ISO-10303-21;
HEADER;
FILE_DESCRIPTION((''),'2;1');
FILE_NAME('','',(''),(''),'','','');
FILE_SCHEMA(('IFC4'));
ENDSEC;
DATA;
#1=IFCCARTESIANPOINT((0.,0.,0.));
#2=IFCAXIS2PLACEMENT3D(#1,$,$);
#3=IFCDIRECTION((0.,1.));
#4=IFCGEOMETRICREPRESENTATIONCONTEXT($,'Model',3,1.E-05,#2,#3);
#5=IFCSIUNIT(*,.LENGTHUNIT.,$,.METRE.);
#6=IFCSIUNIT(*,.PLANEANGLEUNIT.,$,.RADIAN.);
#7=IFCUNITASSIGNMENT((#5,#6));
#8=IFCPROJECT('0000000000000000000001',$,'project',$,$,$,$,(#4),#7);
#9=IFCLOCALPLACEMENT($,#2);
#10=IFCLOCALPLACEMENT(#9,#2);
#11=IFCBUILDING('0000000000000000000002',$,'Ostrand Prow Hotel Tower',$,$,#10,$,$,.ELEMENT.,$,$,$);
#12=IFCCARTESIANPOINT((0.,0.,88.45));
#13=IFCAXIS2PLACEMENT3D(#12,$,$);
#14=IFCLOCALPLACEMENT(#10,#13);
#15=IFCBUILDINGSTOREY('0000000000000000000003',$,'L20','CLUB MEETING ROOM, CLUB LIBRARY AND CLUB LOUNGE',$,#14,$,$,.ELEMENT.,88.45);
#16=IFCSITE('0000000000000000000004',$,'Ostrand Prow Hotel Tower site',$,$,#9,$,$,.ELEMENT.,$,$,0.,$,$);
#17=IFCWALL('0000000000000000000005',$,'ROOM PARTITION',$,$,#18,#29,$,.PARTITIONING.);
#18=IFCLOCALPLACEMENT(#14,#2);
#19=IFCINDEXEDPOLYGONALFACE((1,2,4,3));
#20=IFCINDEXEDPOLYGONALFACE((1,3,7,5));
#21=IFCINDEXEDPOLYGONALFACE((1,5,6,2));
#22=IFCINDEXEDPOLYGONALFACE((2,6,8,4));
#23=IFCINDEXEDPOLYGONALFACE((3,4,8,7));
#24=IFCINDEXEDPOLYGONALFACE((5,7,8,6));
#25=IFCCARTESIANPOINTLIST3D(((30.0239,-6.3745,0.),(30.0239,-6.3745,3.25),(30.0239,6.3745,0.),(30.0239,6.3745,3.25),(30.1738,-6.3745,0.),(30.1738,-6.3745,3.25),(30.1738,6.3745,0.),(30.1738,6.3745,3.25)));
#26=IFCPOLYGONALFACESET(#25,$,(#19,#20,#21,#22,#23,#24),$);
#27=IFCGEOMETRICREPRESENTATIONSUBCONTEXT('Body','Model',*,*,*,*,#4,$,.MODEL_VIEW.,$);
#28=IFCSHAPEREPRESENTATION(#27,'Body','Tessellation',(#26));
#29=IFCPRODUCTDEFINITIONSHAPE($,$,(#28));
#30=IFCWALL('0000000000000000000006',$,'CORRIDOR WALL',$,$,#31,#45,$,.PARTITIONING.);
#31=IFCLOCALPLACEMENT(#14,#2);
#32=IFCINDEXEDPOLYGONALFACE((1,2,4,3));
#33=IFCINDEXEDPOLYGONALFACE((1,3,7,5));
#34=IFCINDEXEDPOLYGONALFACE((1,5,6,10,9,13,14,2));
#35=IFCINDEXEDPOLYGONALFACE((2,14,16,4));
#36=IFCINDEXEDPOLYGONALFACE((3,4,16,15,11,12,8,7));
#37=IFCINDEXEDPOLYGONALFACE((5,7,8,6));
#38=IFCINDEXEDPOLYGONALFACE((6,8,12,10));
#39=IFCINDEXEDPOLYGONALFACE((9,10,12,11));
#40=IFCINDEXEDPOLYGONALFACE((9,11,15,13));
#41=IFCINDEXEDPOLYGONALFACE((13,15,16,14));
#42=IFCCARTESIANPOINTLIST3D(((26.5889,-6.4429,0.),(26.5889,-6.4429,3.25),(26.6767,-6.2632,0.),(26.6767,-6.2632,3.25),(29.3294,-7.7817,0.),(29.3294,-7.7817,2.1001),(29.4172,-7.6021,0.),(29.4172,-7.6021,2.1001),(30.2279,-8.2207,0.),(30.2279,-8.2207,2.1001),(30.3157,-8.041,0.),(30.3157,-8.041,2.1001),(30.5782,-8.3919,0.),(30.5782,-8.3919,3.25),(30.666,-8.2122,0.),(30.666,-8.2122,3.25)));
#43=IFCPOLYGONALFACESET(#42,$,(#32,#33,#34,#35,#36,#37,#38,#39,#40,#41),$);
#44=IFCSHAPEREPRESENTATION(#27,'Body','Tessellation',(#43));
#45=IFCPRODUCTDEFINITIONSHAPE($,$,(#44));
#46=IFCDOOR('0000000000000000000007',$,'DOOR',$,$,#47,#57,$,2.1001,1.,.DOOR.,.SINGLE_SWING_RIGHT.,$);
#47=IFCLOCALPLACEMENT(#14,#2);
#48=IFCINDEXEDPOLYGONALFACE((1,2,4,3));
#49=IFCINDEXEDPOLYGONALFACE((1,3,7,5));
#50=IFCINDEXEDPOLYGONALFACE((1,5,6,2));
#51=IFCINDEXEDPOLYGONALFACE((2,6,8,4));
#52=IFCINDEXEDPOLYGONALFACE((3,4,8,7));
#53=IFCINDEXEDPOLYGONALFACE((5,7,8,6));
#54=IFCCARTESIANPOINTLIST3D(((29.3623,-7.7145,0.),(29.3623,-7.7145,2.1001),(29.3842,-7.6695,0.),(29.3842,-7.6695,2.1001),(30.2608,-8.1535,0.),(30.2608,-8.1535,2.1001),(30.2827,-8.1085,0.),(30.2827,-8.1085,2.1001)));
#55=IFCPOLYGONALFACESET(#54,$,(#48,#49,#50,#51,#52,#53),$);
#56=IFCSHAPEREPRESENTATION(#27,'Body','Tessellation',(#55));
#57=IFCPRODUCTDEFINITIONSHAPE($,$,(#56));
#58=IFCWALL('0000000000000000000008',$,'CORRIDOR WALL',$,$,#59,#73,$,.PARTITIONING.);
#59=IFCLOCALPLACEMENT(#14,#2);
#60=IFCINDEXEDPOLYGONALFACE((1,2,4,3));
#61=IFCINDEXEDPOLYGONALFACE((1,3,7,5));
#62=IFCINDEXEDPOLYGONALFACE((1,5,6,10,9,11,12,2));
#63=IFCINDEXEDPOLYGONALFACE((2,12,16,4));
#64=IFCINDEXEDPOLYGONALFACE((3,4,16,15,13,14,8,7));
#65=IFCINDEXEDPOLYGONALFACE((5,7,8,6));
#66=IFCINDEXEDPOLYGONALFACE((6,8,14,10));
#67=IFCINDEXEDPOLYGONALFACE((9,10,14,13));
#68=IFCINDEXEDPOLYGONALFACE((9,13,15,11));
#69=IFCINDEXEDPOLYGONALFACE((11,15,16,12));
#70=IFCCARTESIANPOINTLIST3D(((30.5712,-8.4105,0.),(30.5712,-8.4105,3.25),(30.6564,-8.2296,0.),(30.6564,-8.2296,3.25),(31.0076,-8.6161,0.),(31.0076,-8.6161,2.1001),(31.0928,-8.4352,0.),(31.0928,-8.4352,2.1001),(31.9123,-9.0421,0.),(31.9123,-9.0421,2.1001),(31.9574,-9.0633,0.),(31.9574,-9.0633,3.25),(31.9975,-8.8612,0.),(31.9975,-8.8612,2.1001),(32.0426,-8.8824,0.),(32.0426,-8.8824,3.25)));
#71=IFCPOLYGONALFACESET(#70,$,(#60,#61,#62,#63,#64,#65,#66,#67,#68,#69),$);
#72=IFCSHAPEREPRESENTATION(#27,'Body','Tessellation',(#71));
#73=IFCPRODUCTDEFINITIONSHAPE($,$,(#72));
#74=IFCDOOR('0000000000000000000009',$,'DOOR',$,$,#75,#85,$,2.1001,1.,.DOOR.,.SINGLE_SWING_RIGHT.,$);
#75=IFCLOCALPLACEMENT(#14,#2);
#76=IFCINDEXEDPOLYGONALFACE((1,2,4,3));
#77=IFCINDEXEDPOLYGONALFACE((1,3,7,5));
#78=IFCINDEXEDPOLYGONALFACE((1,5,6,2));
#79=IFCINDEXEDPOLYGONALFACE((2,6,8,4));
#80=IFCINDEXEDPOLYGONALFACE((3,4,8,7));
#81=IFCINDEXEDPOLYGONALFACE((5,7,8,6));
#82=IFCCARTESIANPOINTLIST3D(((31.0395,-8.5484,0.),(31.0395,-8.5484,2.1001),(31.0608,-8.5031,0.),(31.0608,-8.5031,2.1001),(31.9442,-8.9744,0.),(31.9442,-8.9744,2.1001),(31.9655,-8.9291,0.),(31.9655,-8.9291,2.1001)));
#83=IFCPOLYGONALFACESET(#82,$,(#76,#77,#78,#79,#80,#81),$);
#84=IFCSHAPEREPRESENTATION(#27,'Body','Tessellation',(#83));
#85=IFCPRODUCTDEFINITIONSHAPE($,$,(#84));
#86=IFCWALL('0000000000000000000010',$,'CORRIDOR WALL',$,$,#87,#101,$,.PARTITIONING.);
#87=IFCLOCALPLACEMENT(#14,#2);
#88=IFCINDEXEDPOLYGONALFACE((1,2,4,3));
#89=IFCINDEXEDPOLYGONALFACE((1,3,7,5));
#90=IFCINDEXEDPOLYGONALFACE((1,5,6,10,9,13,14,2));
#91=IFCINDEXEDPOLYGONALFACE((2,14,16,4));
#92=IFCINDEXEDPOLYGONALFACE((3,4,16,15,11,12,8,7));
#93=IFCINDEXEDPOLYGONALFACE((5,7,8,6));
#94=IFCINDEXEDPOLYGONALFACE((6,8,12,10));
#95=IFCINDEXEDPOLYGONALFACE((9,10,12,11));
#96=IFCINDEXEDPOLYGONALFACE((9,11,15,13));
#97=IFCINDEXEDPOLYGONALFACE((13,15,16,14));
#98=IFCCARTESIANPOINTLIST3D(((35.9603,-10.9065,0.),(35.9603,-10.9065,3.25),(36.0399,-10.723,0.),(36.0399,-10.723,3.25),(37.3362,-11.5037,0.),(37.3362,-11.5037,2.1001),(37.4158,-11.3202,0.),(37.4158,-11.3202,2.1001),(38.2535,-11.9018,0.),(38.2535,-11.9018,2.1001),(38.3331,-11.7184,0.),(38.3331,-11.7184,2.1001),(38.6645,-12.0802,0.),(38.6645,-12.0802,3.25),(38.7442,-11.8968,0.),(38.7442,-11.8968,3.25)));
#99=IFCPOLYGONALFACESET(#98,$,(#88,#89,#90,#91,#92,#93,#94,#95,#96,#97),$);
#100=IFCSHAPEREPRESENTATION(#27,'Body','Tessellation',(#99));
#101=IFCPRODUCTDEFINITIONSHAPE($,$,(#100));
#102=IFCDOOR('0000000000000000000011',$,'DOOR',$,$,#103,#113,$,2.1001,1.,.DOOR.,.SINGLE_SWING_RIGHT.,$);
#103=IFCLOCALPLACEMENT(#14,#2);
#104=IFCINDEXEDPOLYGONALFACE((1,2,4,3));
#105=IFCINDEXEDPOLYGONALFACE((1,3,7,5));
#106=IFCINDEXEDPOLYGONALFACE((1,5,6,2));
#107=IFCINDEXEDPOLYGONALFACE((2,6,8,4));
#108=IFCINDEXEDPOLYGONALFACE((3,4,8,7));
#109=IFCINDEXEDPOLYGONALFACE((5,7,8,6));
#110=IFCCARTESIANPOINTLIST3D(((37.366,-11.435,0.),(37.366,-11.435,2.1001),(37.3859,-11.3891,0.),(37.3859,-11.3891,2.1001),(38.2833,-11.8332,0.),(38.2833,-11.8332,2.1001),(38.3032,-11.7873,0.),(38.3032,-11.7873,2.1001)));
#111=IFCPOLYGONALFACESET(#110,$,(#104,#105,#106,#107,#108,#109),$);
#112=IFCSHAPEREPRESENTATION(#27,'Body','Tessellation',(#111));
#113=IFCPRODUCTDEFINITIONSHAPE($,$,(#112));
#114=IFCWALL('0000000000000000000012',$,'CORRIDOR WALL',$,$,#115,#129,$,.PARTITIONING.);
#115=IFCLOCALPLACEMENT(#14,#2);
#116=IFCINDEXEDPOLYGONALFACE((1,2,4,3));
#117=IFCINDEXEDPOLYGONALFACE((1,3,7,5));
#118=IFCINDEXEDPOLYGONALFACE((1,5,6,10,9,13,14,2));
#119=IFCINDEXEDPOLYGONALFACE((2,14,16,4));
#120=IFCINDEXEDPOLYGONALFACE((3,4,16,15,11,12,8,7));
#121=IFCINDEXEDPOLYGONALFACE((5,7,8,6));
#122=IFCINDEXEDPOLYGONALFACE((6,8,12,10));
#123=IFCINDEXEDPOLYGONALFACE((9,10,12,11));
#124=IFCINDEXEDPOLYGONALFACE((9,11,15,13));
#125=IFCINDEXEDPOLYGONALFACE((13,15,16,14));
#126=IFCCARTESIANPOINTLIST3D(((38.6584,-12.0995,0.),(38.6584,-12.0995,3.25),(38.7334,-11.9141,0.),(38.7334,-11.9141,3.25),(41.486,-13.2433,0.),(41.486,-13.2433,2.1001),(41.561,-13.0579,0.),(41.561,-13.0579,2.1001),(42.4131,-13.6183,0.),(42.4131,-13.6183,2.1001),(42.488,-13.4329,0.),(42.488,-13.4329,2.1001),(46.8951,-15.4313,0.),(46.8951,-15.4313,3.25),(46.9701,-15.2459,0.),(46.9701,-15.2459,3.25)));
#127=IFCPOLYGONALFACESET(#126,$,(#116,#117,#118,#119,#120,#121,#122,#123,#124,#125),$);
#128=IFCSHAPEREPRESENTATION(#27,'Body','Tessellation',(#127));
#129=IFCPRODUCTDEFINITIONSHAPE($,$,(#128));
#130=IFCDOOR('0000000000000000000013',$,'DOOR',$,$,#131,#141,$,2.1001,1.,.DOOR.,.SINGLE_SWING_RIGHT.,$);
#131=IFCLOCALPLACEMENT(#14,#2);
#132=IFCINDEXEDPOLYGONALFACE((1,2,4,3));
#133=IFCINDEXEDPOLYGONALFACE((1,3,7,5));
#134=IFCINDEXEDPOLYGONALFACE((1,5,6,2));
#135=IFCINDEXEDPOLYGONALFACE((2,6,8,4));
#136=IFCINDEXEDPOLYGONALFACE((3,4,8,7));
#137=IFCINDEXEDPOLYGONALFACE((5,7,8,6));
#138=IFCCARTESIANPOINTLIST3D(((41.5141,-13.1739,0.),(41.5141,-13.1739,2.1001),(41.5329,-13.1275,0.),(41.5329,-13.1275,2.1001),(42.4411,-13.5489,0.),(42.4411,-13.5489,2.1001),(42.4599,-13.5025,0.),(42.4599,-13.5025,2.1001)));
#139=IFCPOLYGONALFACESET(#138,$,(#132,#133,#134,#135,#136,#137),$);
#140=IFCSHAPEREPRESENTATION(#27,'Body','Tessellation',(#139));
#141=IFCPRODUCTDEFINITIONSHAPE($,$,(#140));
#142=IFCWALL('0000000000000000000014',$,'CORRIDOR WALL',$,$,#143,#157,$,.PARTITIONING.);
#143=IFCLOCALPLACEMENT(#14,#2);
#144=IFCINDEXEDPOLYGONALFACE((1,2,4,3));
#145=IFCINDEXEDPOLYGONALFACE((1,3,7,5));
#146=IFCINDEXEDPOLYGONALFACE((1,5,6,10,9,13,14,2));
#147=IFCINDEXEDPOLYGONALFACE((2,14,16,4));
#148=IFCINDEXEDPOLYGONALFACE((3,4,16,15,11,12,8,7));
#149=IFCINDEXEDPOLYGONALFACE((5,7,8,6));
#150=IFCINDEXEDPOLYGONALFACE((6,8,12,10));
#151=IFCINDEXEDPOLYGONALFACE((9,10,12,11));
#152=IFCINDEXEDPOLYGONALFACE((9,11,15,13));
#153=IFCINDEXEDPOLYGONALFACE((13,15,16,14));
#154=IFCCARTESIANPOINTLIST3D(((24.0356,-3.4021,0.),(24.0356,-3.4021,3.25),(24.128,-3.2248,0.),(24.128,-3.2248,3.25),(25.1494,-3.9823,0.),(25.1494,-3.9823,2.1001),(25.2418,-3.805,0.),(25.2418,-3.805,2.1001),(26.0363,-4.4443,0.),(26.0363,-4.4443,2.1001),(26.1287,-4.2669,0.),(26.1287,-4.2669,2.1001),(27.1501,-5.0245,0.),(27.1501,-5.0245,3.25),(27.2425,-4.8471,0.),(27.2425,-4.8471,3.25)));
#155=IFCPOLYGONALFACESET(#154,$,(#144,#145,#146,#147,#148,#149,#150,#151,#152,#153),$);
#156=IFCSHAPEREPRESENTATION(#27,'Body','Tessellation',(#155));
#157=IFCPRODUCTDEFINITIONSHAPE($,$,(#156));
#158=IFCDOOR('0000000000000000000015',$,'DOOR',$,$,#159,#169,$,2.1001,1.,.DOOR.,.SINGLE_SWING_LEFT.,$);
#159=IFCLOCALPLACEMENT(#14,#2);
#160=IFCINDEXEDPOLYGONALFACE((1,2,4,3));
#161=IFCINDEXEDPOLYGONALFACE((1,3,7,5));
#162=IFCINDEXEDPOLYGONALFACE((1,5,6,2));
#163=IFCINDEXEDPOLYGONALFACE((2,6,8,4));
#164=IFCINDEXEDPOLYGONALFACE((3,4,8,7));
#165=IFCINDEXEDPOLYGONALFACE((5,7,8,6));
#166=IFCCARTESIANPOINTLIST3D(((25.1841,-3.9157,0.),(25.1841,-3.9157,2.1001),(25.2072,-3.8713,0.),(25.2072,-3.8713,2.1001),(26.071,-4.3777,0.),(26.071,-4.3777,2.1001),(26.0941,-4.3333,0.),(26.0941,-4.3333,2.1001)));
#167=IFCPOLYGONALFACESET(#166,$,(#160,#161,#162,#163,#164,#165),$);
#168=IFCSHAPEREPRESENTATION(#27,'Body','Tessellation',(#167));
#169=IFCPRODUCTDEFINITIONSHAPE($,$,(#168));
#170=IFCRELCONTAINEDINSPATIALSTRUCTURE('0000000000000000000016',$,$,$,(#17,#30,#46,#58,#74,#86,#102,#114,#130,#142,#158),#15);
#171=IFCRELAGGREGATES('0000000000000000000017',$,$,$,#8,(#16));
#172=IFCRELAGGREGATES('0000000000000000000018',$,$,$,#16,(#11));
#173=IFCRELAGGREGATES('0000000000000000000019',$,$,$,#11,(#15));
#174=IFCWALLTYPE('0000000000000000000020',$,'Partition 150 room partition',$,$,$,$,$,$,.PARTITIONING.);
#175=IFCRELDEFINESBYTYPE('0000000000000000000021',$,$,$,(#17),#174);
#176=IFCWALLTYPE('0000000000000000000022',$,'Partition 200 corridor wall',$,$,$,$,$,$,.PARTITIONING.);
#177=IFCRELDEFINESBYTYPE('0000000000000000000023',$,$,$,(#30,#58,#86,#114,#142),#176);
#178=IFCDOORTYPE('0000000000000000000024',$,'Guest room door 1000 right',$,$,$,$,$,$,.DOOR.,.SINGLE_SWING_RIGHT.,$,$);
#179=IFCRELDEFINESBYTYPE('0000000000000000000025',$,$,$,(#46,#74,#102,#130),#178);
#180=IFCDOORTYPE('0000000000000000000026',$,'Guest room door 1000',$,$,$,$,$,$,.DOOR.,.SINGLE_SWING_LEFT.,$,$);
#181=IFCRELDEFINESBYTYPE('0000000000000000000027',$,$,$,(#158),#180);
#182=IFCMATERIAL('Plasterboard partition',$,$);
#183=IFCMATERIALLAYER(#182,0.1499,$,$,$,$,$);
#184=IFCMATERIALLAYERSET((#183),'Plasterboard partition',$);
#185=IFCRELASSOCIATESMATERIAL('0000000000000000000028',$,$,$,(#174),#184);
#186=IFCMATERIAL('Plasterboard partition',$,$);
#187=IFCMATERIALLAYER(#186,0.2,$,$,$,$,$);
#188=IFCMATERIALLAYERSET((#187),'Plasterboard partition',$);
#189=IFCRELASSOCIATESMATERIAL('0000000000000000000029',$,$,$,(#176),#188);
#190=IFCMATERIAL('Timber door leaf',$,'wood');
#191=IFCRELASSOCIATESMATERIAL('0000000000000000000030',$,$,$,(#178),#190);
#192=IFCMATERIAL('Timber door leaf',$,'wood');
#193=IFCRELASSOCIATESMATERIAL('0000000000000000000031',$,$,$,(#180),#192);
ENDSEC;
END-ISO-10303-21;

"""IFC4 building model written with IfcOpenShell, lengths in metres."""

from ifc_helpers import new_model, si_unit, direction, frame, frame_2d, origin, place, context, subcontext, project, spatial, rectangle, extrude, material, layer, layer_set, type_object, element, fill, save


model = new_model("IFC4")

# Units and contexts
model_context = context("Model", 3, precision=1e-05, world=origin(), true_north=direction((0.0, 1.0)))
body_context = subcontext(model_context, "Body", "Model", "MODEL_VIEW")
ifc_project = project(units=[si_unit("LENGTHUNIT", "METRE"), si_unit("PLANEANGLEUNIT", "RADIAN")], contexts=[model_context])

# Site, building, storey
site_placement = place(None, origin())
site = spatial("IfcSite", under=ifc_project, at=site_placement, Name="Ostrand Prow Hotel Tower site", CompositionType="ELEMENT", RefElevation=0.0)
building_placement = place(site_placement, origin())
building = spatial("IfcBuilding", under=site, at=building_placement, Name="Ostrand Prow Hotel Tower", CompositionType="ELEMENT")
storey_placement = place(building_placement, frame((0.0, 0.0, 88.45)))
storey = spatial("IfcBuildingStorey", under=building, at=storey_placement, Name="L20", Description="CLUB MEETING ROOM, CLUB LIBRARY AND CLUB LOUNGE", CompositionType="ELEMENT", Elevation=88.45)

# Wall
ifc_material_1 = material(Name="Plasterboard partition")
ifc_layer_1 = layer(ifc_material_1, 0.1499)
ifc_layer_set_1 = layer_set([ifc_layer_1], Name="Plasterboard partition")
wall_type_1 = type_object("IfcWallType", Name="Partition 150 room partition", PredefinedType="PARTITIONING", material=ifc_layer_set_1)
wall_1_placement = place(storey_placement, frame((30.0989, -6.3745, 0.0), z_axis=(0.0, 0.0, 1.0), x_axis=(0.0, 1.0, 0.0)))
element("IfcWall", 1, at=wall_1_placement, inside=storey, type_object=wall_type_1, Name="ROOM PARTITION", PredefinedType="PARTITIONING", context=body_context, shape_type="SweptSolid", body=[
    extrude(rectangle(XDim=12.749, YDim=0.1499, at=frame_2d((6.3745, 0.0))), origin(), (0.0, 0.0, 1.0), 3.25),
])

# Walls, openings, doors
ifc_material_2 = material(Name="Plasterboard partition")
ifc_layer_2 = layer(ifc_material_2, 0.2)
ifc_layer_set_2 = layer_set([ifc_layer_2], Name="Plasterboard partition")
wall_type_2 = type_object("IfcWallType", Name="Partition 200 corridor wall", PredefinedType="PARTITIONING", material=ifc_layer_set_2)
wall_2_placement = place(storey_placement, frame((26.6328, -6.353, 0.0), z_axis=(0.0, 0.0, 1.0), x_axis=(0.898502, -0.438968, 0.0)))
wall_2 = element("IfcWall", 2, at=wall_2_placement, inside=storey, type_object=wall_type_2, Name="CORRIDOR WALL", PredefinedType="PARTITIONING", context=body_context, shape_type="SweptSolid", body=[
    extrude(rectangle(XDim=4.4399, YDim=0.2, at=frame_2d((2.22, 0.0))), origin(), (0.0, 0.0, 1.0), 3.25),
])
opening_1_placement = place(wall_2_placement, frame((3.05, 0.0, 0.0)))
opening_1 = element("IfcOpeningElement", 3, at=opening_1_placement, cuts=wall_2, PredefinedType="OPENING", context=body_context, shape_type="SweptSolid", body=[
    extrude(rectangle(XDim=1.0, YDim=2.1001, at=frame_2d((0.5, 1.05))), frame((0.0, 0.1099, 0.0), z_axis=(0.0, -1.0, 0.0), x_axis=(1.0, 0.0, 0.0)), (0.0, 0.0, 1.0), 0.22),
])
ifc_material_3 = material(Name="Timber door leaf", Category="wood")
door_type_1 = type_object("IfcDoorType", Name="Guest room door 1000 right", OperationType="SINGLE_SWING_RIGHT", PredefinedType="DOOR", material=ifc_material_3)
door_1_placement = place(opening_1_placement, origin())
door_1 = element("IfcDoor", 4, at=door_1_placement, inside=storey, type_object=door_type_1, Name="DOOR", OperationType="SINGLE_SWING_RIGHT", OverallHeight=2.1001, OverallWidth=1.0, PredefinedType="DOOR", context=body_context, shape_type="SweptSolid", body=[
    extrude(rectangle(XDim=1.0, YDim=2.1001, at=frame_2d((0.5, 1.05))), frame((0.0, 0.0249, 0.0), z_axis=(0.0, -1.0, 0.0), x_axis=(1.0, 0.0, 0.0)), (0.0, 0.0, 1.0), 0.05),
])
fill(opening_1, door_1)
wall_3_placement = place(storey_placement, frame((30.6138, -8.3201, 0.0), z_axis=(0.0, 0.0, 1.0), x_axis=(0.904696, -0.426058, 0.0)))
wall_3 = element("IfcWall", 5, at=wall_3_placement, inside=storey, type_object=wall_type_2, Name="CORRIDOR WALL", PredefinedType="PARTITIONING", context=body_context, shape_type="SweptSolid", body=[
    extrude(rectangle(XDim=1.5322, YDim=0.2, at=frame_2d((0.7661, 0.0))), origin(), (0.0, 0.0, 1.0), 3.25),
])
opening_2_placement = place(wall_3_placement, frame((0.4824, 0.0, 0.0)))
opening_2 = element("IfcOpeningElement", 6, at=opening_2_placement, cuts=wall_3, PredefinedType="OPENING", context=body_context, shape_type="SweptSolid", body=[
    extrude(rectangle(XDim=1.0, YDim=2.1001, at=frame_2d((0.5, 1.05))), frame((0.0, 0.1099, 0.0), z_axis=(0.0, -1.0, 0.0), x_axis=(1.0, 0.0, 0.0)), (0.0, 0.0, 1.0), 0.22),
])
door_2_placement = place(opening_2_placement, origin())
door_2 = element("IfcDoor", 7, at=door_2_placement, inside=storey, type_object=door_type_1, Name="DOOR", OperationType="SINGLE_SWING_RIGHT", OverallHeight=2.1001, OverallWidth=1.0, PredefinedType="DOOR", context=body_context, shape_type="SweptSolid", body=[
    extrude(rectangle(XDim=1.0, YDim=2.1001, at=frame_2d((0.5, 1.05))), frame((0.0, 0.0249, 0.0), z_axis=(0.0, -1.0, 0.0), x_axis=(1.0, 0.0, 0.0)), (0.0, 0.0, 1.0), 0.05),
])
fill(opening_2, door_2)
wall_4_placement = place(storey_placement, frame((36.0, -10.8147, 0.0), z_axis=(0.0, 0.0, 1.0), x_axis=(0.917315, -0.398163, 0.0)))
wall_4 = element("IfcWall", 8, at=wall_4_placement, inside=storey, type_object=wall_type_2, Name="CORRIDOR WALL", PredefinedType="PARTITIONING", context=body_context, shape_type="SweptSolid", body=[
    extrude(rectangle(XDim=2.948, YDim=0.2, at=frame_2d((1.4741, 0.0))), origin(), (0.0, 0.0, 1.0), 3.25),
])
opening_3_placement = place(wall_4_placement, frame((1.5, 0.0, 0.0)))
opening_3 = element("IfcOpeningElement", 9, at=opening_3_placement, cuts=wall_4, PredefinedType="OPENING", context=body_context, shape_type="SweptSolid", body=[
    extrude(rectangle(XDim=1.0, YDim=2.1001, at=frame_2d((0.5, 1.05))), frame((0.0, 0.1099, 0.0), z_axis=(0.0, -1.0, 0.0), x_axis=(1.0, 0.0, 0.0)), (0.0, 0.0, 1.0), 0.22),
])
door_3_placement = place(opening_3_placement, origin())
door_3 = element("IfcDoor", 10, at=door_3_placement, inside=storey, type_object=door_type_1, Name="DOOR", OperationType="SINGLE_SWING_RIGHT", OverallHeight=2.1001, OverallWidth=1.0, PredefinedType="DOOR", context=body_context, shape_type="SweptSolid", body=[
    extrude(rectangle(XDim=1.0, YDim=2.1001, at=frame_2d((0.5, 1.05))), frame((0.0, 0.0249, 0.0), z_axis=(0.0, -1.0, 0.0), x_axis=(1.0, 0.0, 0.0)), (0.0, 0.0, 1.0), 0.05),
])
fill(opening_3, door_3)
wall_5_placement = place(storey_placement, frame((38.696, -12.0068, 0.0), z_axis=(0.0, 0.0, 1.0), x_axis=(0.927028, -0.374993, 0.0)))
wall_5 = element("IfcWall", 11, at=wall_5_placement, inside=storey, type_object=wall_type_2, Name="CORRIDOR WALL", PredefinedType="PARTITIONING", context=body_context, shape_type="SweptSolid", body=[
    extrude(rectangle(XDim=8.885, YDim=0.2, at=frame_2d((4.4424, 0.0))), origin(), (0.0, 0.0, 1.0), 3.25),
])
opening_4_placement = place(wall_5_placement, frame((3.05, 0.0, 0.0)))
opening_4 = element("IfcOpeningElement", 12, at=opening_4_placement, cuts=wall_5, PredefinedType="OPENING", context=body_context, shape_type="SweptSolid", body=[
    extrude(rectangle(XDim=1.0, YDim=2.1001, at=frame_2d((0.5, 1.05))), frame((0.0, 0.1099, 0.0), z_axis=(0.0, -1.0, 0.0), x_axis=(1.0, 0.0, 0.0)), (0.0, 0.0, 1.0), 0.22),
])
door_4_placement = place(opening_4_placement, origin())
door_4 = element("IfcDoor", 13, at=door_4_placement, inside=storey, type_object=door_type_1, Name="DOOR", OperationType="SINGLE_SWING_RIGHT", OverallHeight=2.1001, OverallWidth=1.0, PredefinedType="DOOR", context=body_context, shape_type="SweptSolid", body=[
    extrude(rectangle(XDim=1.0, YDim=2.1001, at=frame_2d((0.5, 1.05))), frame((0.0, 0.0249, 0.0), z_axis=(0.0, -1.0, 0.0), x_axis=(1.0, 0.0, 0.0)), (0.0, 0.0, 1.0), 0.05),
])
fill(opening_4, door_4)
wall_6_placement = place(storey_placement, frame((27.1963, -4.9358, 0.0), z_axis=(0.0, 0.0, 1.0), x_axis=(-0.886893, 0.461974, 0.0)))
wall_6 = element("IfcWall", 14, at=wall_6_placement, inside=storey, type_object=wall_type_2, Name="CORRIDOR WALL", PredefinedType="PARTITIONING", context=body_context, shape_type="SweptSolid", body=[
    extrude(rectangle(XDim=3.5117, YDim=0.2, at=frame_2d((1.7559, 0.0))), origin(), (0.0, 0.0, 1.0), 3.25),
])
opening_5_placement = place(wall_6_placement, frame((1.2559, 0.0, 0.0)))
opening_5 = element("IfcOpeningElement", 15, at=opening_5_placement, cuts=wall_6, PredefinedType="OPENING", context=body_context, shape_type="SweptSolid", body=[
    extrude(rectangle(XDim=1.0, YDim=2.1001, at=frame_2d((0.5, 1.05))), frame((0.0, 0.1099, 0.0), z_axis=(0.0, -1.0, 0.0), x_axis=(1.0, 0.0, 0.0)), (0.0, 0.0, 1.0), 0.22),
])
ifc_material_4 = material(Name="Timber door leaf", Category="wood")
door_type_2 = type_object("IfcDoorType", Name="Guest room door 1000", OperationType="SINGLE_SWING_LEFT", PredefinedType="DOOR", material=ifc_material_4)
door_5_placement = place(opening_5_placement, origin())
door_5 = element("IfcDoor", 16, at=door_5_placement, inside=storey, type_object=door_type_2, Name="DOOR", OperationType="SINGLE_SWING_LEFT", OverallHeight=2.1001, OverallWidth=1.0, PredefinedType="DOOR", context=body_context, shape_type="SweptSolid", body=[
    extrude(rectangle(XDim=1.0, YDim=2.1001, at=frame_2d((0.5, 1.05))), frame((0.0, 0.0249, 0.0), z_axis=(0.0, -1.0, 0.0), x_axis=(1.0, 0.0, 0.0)), (0.0, 0.0, 1.0), 0.05),
])
fill(opening_5, door_5)

save(model, "model.ifc")
